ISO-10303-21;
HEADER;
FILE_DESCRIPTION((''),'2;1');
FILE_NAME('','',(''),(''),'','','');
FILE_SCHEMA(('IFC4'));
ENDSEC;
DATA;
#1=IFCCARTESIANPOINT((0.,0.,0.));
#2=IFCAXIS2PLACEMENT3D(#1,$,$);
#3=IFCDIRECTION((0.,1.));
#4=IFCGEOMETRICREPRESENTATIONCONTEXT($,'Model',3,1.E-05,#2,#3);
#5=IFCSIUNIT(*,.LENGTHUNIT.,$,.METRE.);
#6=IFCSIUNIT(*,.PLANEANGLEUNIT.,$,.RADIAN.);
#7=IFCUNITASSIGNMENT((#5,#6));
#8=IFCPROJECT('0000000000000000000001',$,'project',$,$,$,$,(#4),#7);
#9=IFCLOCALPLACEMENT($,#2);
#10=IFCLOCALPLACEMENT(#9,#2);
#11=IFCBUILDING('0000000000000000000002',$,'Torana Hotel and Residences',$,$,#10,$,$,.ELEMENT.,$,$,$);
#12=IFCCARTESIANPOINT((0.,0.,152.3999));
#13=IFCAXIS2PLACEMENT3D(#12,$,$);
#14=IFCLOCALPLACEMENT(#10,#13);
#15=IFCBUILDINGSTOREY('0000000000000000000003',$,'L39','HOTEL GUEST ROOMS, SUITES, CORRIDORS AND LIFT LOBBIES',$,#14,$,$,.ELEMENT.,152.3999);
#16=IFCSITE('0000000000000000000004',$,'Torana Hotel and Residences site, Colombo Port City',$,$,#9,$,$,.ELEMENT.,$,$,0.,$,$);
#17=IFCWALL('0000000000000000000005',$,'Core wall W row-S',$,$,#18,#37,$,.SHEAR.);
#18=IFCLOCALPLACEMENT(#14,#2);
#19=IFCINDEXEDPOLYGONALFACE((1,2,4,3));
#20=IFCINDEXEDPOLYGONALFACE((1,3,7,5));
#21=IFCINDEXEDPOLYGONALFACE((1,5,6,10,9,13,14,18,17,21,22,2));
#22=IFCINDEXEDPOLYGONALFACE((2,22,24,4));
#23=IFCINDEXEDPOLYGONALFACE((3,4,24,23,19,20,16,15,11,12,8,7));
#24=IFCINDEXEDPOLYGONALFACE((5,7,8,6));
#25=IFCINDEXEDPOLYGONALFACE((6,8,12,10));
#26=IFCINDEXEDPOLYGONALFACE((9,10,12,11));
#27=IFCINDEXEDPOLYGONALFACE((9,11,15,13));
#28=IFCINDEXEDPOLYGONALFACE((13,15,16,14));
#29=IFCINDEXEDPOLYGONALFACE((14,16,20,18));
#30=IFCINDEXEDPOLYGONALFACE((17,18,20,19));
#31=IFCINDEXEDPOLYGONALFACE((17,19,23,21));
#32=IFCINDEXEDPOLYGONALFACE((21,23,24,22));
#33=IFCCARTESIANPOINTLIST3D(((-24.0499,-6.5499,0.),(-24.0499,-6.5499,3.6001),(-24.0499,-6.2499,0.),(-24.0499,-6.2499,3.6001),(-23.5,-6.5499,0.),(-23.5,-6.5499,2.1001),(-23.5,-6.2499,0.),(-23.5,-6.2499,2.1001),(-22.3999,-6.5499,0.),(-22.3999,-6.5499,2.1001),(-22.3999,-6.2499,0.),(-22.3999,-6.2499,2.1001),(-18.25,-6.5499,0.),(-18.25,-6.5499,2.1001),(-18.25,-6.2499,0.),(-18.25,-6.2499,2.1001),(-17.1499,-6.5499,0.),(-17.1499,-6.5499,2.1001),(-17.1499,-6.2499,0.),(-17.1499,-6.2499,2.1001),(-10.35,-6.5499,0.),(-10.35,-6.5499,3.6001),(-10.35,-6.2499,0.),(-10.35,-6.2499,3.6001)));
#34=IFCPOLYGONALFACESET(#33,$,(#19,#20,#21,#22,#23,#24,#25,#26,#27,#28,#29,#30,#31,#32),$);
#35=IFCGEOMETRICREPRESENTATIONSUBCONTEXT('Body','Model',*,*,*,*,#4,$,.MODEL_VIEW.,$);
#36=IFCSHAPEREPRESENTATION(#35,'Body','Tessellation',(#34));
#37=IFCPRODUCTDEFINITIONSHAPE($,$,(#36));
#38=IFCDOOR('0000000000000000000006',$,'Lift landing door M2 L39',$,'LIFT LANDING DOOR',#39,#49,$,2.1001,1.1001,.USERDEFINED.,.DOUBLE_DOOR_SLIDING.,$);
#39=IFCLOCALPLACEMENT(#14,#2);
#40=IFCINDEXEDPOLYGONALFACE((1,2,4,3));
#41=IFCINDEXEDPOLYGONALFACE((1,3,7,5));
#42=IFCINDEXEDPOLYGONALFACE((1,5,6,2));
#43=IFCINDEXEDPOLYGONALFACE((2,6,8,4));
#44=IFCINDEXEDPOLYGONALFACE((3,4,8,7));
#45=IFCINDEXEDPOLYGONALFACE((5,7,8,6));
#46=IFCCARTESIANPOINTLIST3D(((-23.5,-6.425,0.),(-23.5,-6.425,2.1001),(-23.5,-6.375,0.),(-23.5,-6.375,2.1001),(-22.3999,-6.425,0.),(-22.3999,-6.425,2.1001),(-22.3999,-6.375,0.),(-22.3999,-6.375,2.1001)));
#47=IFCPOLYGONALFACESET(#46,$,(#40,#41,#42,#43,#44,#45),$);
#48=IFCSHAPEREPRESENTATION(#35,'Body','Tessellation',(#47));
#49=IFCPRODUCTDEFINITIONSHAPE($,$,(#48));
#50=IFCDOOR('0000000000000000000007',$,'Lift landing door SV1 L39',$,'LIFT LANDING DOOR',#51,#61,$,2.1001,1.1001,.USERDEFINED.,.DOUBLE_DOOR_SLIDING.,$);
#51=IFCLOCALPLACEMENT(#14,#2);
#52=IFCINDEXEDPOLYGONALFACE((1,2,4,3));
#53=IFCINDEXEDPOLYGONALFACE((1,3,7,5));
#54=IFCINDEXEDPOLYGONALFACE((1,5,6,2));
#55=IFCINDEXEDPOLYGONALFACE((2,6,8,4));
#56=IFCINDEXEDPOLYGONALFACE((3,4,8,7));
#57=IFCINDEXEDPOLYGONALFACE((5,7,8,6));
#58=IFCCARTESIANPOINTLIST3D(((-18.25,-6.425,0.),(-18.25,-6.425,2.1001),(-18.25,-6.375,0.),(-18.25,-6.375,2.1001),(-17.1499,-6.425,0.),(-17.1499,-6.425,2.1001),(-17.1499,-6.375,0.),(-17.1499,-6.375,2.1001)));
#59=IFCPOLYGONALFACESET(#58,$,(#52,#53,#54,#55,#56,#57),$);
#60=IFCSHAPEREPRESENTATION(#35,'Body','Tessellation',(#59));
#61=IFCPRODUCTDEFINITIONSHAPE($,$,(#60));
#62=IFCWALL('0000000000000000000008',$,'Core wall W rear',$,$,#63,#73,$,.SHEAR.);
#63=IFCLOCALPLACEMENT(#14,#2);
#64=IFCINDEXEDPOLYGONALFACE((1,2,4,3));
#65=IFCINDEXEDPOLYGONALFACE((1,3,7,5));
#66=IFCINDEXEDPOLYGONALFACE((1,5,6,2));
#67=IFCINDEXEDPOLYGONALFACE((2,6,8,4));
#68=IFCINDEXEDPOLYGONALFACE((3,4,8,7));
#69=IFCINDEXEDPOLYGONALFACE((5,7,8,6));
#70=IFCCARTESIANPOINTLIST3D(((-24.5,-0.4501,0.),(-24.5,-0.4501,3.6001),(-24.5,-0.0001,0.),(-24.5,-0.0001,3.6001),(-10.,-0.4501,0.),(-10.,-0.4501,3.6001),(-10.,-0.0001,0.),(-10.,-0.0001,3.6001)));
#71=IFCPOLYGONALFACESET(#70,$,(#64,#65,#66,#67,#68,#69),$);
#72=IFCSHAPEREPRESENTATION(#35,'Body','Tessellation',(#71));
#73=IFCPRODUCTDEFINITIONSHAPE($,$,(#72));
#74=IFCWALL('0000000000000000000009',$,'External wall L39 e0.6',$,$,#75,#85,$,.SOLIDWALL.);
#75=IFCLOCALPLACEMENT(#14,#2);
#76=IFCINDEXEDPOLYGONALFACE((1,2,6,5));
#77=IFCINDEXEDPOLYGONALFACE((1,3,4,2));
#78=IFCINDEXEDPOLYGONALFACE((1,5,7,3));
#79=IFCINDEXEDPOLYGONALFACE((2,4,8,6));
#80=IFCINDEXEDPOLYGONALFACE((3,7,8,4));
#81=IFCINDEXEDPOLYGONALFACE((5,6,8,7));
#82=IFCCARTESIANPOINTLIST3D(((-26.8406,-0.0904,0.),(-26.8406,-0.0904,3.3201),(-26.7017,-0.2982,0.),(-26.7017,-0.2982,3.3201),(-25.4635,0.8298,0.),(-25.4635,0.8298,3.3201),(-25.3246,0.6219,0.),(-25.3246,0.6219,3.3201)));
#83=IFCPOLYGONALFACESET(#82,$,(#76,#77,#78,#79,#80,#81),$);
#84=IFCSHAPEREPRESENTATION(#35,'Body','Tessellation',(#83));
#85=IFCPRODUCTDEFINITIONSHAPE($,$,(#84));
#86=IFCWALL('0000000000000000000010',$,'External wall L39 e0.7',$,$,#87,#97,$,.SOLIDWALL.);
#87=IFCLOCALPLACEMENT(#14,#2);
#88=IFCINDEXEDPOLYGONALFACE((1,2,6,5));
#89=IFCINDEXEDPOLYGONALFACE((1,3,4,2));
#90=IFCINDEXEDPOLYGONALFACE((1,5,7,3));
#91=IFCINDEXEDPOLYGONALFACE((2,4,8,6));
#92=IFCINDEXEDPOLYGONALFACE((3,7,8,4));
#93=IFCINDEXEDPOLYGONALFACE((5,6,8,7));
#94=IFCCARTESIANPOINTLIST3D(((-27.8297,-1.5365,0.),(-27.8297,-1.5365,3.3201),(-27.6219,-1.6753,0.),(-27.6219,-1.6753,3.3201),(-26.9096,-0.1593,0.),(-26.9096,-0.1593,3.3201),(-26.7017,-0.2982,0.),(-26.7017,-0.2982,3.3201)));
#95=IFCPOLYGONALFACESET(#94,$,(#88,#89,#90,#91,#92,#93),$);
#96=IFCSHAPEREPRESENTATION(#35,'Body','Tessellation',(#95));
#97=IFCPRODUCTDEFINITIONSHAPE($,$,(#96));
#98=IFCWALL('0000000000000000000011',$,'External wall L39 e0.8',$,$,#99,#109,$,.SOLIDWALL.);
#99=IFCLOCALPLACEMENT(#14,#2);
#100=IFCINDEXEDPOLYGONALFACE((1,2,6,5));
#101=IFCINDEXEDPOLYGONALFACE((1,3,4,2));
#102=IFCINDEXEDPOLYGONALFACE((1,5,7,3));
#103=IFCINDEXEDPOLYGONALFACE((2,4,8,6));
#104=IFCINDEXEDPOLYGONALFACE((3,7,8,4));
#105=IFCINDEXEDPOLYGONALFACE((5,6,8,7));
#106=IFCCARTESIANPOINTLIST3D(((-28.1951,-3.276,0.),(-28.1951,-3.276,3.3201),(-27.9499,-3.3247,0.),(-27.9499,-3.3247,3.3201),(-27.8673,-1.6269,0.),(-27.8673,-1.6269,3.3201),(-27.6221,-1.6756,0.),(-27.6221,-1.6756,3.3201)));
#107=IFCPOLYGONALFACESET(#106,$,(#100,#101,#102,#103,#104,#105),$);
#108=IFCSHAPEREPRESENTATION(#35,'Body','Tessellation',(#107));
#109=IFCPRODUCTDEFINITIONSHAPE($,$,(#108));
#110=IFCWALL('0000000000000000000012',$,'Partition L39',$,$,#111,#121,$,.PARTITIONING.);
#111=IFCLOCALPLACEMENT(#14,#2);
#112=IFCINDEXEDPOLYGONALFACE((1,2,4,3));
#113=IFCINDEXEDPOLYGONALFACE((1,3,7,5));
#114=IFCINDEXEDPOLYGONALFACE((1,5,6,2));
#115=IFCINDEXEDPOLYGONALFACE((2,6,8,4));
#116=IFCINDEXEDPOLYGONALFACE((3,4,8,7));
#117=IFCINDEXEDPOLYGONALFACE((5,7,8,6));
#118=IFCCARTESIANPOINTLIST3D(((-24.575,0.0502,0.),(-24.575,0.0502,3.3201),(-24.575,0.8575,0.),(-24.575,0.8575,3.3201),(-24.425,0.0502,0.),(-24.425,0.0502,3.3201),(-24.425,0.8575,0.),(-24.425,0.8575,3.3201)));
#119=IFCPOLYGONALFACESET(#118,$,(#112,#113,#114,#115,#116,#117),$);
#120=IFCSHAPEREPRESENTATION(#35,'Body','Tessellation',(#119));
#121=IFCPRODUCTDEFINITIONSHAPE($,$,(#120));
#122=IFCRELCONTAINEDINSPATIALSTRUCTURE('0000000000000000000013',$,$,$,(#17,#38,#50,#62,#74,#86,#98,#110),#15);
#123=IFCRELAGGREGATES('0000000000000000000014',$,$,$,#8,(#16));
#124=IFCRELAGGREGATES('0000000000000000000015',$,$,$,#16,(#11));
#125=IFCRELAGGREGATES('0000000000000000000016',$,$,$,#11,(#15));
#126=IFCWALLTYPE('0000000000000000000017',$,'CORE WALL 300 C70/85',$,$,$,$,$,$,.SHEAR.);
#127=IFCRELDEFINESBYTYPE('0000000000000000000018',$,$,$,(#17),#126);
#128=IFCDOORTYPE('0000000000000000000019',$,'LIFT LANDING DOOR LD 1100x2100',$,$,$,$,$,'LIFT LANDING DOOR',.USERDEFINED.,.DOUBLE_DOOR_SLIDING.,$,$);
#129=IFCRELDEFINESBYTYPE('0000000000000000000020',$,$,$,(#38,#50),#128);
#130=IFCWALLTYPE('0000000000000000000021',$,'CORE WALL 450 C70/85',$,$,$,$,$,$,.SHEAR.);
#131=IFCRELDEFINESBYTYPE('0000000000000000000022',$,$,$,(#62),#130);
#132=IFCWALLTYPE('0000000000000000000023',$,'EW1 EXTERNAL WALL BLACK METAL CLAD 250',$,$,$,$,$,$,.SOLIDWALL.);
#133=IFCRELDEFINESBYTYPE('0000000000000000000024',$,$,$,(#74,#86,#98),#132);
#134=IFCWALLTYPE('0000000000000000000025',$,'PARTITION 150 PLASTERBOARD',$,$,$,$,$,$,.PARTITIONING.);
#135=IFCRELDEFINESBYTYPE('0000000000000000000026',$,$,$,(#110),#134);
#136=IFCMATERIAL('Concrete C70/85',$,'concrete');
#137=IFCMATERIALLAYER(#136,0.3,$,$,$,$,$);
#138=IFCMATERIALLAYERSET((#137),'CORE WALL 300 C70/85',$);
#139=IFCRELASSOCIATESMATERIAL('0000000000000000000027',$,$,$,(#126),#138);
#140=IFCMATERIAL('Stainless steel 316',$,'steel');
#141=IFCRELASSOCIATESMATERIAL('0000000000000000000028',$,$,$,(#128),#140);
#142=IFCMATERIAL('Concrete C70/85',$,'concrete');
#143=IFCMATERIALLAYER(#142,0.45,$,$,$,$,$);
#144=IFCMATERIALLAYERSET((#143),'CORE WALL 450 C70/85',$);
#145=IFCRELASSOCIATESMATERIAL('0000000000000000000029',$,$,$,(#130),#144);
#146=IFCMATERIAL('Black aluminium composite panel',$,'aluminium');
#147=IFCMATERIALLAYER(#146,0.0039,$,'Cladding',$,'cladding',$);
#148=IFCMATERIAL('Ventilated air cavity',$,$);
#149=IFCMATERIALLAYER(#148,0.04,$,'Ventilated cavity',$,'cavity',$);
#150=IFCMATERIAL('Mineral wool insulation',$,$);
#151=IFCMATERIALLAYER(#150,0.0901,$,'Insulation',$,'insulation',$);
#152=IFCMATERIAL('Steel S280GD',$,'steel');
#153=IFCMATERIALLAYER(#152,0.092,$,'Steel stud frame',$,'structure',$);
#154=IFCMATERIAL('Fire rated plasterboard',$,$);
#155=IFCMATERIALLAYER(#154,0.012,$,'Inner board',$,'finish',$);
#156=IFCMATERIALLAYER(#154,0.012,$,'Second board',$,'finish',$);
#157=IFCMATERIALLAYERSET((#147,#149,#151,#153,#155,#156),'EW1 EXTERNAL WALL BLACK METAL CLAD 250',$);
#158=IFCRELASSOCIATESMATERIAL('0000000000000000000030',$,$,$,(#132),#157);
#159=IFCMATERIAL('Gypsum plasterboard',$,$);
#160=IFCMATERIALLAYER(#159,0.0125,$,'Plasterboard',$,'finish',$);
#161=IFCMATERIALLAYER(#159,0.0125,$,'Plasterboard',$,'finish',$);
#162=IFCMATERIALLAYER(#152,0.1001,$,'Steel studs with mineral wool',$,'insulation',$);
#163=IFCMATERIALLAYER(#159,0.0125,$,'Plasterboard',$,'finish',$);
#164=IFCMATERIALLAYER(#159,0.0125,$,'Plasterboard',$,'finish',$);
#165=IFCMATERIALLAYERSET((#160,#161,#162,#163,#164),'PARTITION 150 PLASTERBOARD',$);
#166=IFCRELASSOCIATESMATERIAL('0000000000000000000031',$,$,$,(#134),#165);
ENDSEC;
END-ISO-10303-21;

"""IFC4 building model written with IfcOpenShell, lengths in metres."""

from ifc_helpers import new_model, si_unit, direction, frame, frame_2d, origin, place, context, subcontext, project, spatial, rectangle, extrude, material, layer, layer_set, type_object, element, fill, save


model = new_model("IFC4")

# Units and contexts
model_context = context("Model", 3, precision=1e-05, world=origin(), true_north=direction((0.0, 1.0)))
body_context = subcontext(model_context, "Body", "Model", "MODEL_VIEW")
ifc_project = project(units=[si_unit("LENGTHUNIT", "METRE"), si_unit("PLANEANGLEUNIT", "RADIAN")], contexts=[model_context])

# Site, building, storey
site_placement = place(None, origin())
site = spatial("IfcSite", under=ifc_project, at=site_placement, Name="Torana Hotel and Residences site, Colombo Port City", CompositionType="ELEMENT", RefElevation=0.0)
building_placement = place(site_placement, origin())
building = spatial("IfcBuilding", under=site, at=building_placement, Name="Torana Hotel and Residences", CompositionType="ELEMENT")
storey_placement = place(building_placement, frame((0.0, 0.0, 152.3999)))
storey = spatial("IfcBuildingStorey", under=building, at=storey_placement, Name="L39", Description="HOTEL GUEST ROOMS, SUITES, CORRIDORS AND LIFT LOBBIES", CompositionType="ELEMENT", Elevation=152.3999)

# Wall, openings, doors
ifc_material_1 = material(Name="Concrete C70/85", Category="concrete")
ifc_layer_1 = layer(ifc_material_1, 0.3)
ifc_layer_set_1 = layer_set([ifc_layer_1], Name="CORE WALL 300 C70/85")
wall_type_1 = type_object("IfcWallType", Name="CORE WALL 300 C70/85", PredefinedType="SHEAR", material=ifc_layer_set_1)
wall_1_placement = place(storey_placement, frame((-24.05, -6.3999, 0.0), z_axis=(0.0, 0.0, 1.0), x_axis=(1.0, 0.0, 0.0)))
wall_1 = element("IfcWall", 1, at=wall_1_placement, inside=storey, type_object=wall_type_1, Name="Core wall W row-S", PredefinedType="SHEAR", context=body_context, shape_type="SweptSolid", body=[
    extrude(rectangle(XDim=13.7, YDim=0.3, at=frame_2d((6.8501, 0.0))), origin(), (0.0, 0.0, 1.0), 3.6001),
])
opening_1_placement = place(wall_1_placement, frame((0.55, 0.0, 0.0)))
opening_1 = element("IfcOpeningElement", 2, at=opening_1_placement, cuts=wall_1, PredefinedType="OPENING", context=body_context, shape_type="SweptSolid", body=[
    extrude(rectangle(XDim=1.1001, YDim=2.1001, at=frame_2d((0.55, 1.05))), frame((0.0, 0.1599, 0.0), z_axis=(0.0, -1.0, 0.0), x_axis=(1.0, 0.0, 0.0)), (0.0, 0.0, 1.0), 0.3201),
])
opening_2_placement = place(wall_1_placement, frame((5.8, 0.0, 0.0)))
opening_2 = element("IfcOpeningElement", 3, at=opening_2_placement, cuts=wall_1, PredefinedType="OPENING", context=body_context, shape_type="SweptSolid", body=[
    extrude(rectangle(XDim=1.1001, YDim=2.1001, at=frame_2d((0.55, 1.05))), frame((0.0, 0.1599, 0.0), z_axis=(0.0, -1.0, 0.0), x_axis=(1.0, 0.0, 0.0)), (0.0, 0.0, 1.0), 0.3201),
])
ifc_material_2 = material(Name="Stainless steel 316", Category="steel")
door_type_1 = type_object("IfcDoorType", Name="LIFT LANDING DOOR LD 1100x2100", ElementType="LIFT LANDING DOOR", OperationType="DOUBLE_DOOR_SLIDING", PredefinedType="USERDEFINED", material=ifc_material_2)
door_1_placement = place(opening_1_placement, origin())
door_1 = element("IfcDoor", 4, at=door_1_placement, inside=storey, type_object=door_type_1, Name="Lift landing door M2 L39", ObjectType="LIFT LANDING DOOR", OperationType="DOUBLE_DOOR_SLIDING", OverallHeight=2.1001, OverallWidth=1.1001, PredefinedType="USERDEFINED", context=body_context, shape_type="SweptSolid", body=[
    extrude(rectangle(XDim=1.1001, YDim=2.1001, at=frame_2d((0.55, 1.05))), frame((0.0, 0.0249, 0.0), z_axis=(0.0, -1.0, 0.0), x_axis=(1.0, 0.0, 0.0)), (0.0, 0.0, 1.0), 0.05),
])
fill(opening_1, door_1)
door_2_placement = place(opening_2_placement, origin())
door_2 = element("IfcDoor", 5, at=door_2_placement, inside=storey, type_object=door_type_1, Name="Lift landing door SV1 L39", ObjectType="LIFT LANDING DOOR", OperationType="DOUBLE_DOOR_SLIDING", OverallHeight=2.1001, OverallWidth=1.1001, PredefinedType="USERDEFINED", context=body_context, shape_type="SweptSolid", body=[
    extrude(rectangle(XDim=1.1001, YDim=2.1001, at=frame_2d((0.55, 1.05))), frame((0.0, 0.0249, 0.0), z_axis=(0.0, -1.0, 0.0), x_axis=(1.0, 0.0, 0.0)), (0.0, 0.0, 1.0), 0.05),
])
fill(opening_2, door_2)

# Walls
ifc_material_3 = material(Name="Concrete C70/85", Category="concrete")
ifc_layer_2 = layer(ifc_material_3, 0.45)
ifc_layer_set_2 = layer_set([ifc_layer_2], Name="CORE WALL 450 C70/85")
wall_type_2 = type_object("IfcWallType", Name="CORE WALL 450 C70/85", PredefinedType="SHEAR", material=ifc_layer_set_2)
wall_2_placement = place(storey_placement, frame((-24.5, -0.2251, 0.0), z_axis=(0.0, 0.0, 1.0), x_axis=(1.0, 0.0, 0.0)))
element("IfcWall", 6, at=wall_2_placement, inside=storey, type_object=wall_type_2, Name="Core wall W rear", PredefinedType="SHEAR", context=body_context, shape_type="SweptSolid", body=[
    extrude(rectangle(XDim=14.5, YDim=0.45, at=frame_2d((7.25, 0.0))), origin(), (0.0, 0.0, 1.0), 3.6001),
])
ifc_material_4 = material(Name="Black aluminium composite panel", Category="aluminium")
ifc_layer_3 = layer(ifc_material_4, 0.0039, Name="Cladding", Category="cladding")
ifc_material_5 = material(Name="Ventilated air cavity")
ifc_layer_4 = layer(ifc_material_5, 0.04, Name="Ventilated cavity", Category="cavity")
ifc_material_6 = material(Name="Mineral wool insulation")
ifc_layer_5 = layer(ifc_material_6, 0.0901, Name="Insulation", Category="insulation")
ifc_material_7 = material(Name="Steel S280GD", Category="steel")
ifc_layer_6 = layer(ifc_material_7, 0.092, Name="Steel stud frame", Category="structure")
ifc_material_8 = material(Name="Fire rated plasterboard")
ifc_layer_7 = layer(ifc_material_8, 0.012, Name="Inner board", Category="finish")
ifc_layer_8 = layer(ifc_material_8, 0.012, Name="Second board", Category="finish")
ifc_layer_set_3 = layer_set([ifc_layer_3, ifc_layer_4, ifc_layer_5, ifc_layer_6, ifc_layer_7, ifc_layer_8], Name="EW1 EXTERNAL WALL BLACK METAL CLAD 250")
wall_type_3 = type_object("IfcWallType", Name="EW1 EXTERNAL WALL BLACK METAL CLAD 250", PredefinedType="SOLIDWALL", material=ifc_layer_set_3)
for number, where, z_axis, x_axis, name in (
    (7, (-25.394, 0.7258, 0.0), (0.0, 0.0, 1.0), (-0.831483, -0.55555, 0.0), "External wall L39 e0.6"),
    (8, (-26.8057, -0.2288, 0.0), (0.0, 0.0, 1.0), (-0.55555, -0.831483, 0.0), "External wall L39 e0.7"),
):
    element("IfcWall", number, at=place(storey_placement, frame(where, z_axis=z_axis, x_axis=x_axis)), inside=storey, type_object=wall_type_3, Name=name, PredefinedType="SOLIDWALL", context=body_context, shape_type="SweptSolid", body=[
        extrude(rectangle(XDim=1.6562, YDim=0.25, at=frame_2d((0.8281, 0.0))), origin(), (0.0, 0.0, 1.0), 3.3201),
    ])
wall_3_placement = place(storey_placement, frame((-27.7446, -1.6511, 0.0), z_axis=(0.0, 0.0, 1.0), x_axis=(-0.194999, -0.980803, 0.0)))
element("IfcWall", 9, at=wall_3_placement, inside=storey, type_object=wall_type_3, Name="External wall L39 e0.8", PredefinedType="SOLIDWALL", context=body_context, shape_type="SweptSolid", body=[
    extrude(rectangle(XDim=1.6814, YDim=0.25, at=frame_2d((0.8408, 0.0))), origin(), (0.0, 0.0, 1.0), 3.3201),
])

# Wall
ifc_material_9 = material(Name="Gypsum plasterboard")
ifc_layer_9 = layer(ifc_material_9, 0.0125, Name="Plasterboard", Category="finish")
ifc_layer_10 = layer(ifc_material_9, 0.0125, Name="Plasterboard", Category="finish")
ifc_layer_11 = layer(ifc_material_7, 0.1001, Name="Steel studs with mineral wool", Category="insulation")
ifc_layer_12 = layer(ifc_material_9, 0.0125, Name="Plasterboard", Category="finish")
ifc_layer_13 = layer(ifc_material_9, 0.0125, Name="Plasterboard", Category="finish")
ifc_layer_set_4 = layer_set([ifc_layer_9, ifc_layer_10, ifc_layer_11, ifc_layer_12, ifc_layer_13], Name="PARTITION 150 PLASTERBOARD")
wall_type_4 = type_object("IfcWallType", Name="PARTITION 150 PLASTERBOARD", PredefinedType="PARTITIONING", material=ifc_layer_set_4)
wall_4_placement = place(storey_placement, frame((-24.5, 0.05, 0.0), z_axis=(0.0, 0.0, 1.0), x_axis=(0.0, 1.0, 0.0)))
element("IfcWall", 10, at=wall_4_placement, inside=storey, type_object=wall_type_4, Name="Partition L39", PredefinedType="PARTITIONING", context=body_context, shape_type="SweptSolid", body=[
    extrude(rectangle(XDim=0.8074, YDim=0.1499, at=frame_2d((0.4038, 0.0))), origin(), (0.0, 0.0, 1.0), 3.3201),
])

save(model, "model.ifc")
